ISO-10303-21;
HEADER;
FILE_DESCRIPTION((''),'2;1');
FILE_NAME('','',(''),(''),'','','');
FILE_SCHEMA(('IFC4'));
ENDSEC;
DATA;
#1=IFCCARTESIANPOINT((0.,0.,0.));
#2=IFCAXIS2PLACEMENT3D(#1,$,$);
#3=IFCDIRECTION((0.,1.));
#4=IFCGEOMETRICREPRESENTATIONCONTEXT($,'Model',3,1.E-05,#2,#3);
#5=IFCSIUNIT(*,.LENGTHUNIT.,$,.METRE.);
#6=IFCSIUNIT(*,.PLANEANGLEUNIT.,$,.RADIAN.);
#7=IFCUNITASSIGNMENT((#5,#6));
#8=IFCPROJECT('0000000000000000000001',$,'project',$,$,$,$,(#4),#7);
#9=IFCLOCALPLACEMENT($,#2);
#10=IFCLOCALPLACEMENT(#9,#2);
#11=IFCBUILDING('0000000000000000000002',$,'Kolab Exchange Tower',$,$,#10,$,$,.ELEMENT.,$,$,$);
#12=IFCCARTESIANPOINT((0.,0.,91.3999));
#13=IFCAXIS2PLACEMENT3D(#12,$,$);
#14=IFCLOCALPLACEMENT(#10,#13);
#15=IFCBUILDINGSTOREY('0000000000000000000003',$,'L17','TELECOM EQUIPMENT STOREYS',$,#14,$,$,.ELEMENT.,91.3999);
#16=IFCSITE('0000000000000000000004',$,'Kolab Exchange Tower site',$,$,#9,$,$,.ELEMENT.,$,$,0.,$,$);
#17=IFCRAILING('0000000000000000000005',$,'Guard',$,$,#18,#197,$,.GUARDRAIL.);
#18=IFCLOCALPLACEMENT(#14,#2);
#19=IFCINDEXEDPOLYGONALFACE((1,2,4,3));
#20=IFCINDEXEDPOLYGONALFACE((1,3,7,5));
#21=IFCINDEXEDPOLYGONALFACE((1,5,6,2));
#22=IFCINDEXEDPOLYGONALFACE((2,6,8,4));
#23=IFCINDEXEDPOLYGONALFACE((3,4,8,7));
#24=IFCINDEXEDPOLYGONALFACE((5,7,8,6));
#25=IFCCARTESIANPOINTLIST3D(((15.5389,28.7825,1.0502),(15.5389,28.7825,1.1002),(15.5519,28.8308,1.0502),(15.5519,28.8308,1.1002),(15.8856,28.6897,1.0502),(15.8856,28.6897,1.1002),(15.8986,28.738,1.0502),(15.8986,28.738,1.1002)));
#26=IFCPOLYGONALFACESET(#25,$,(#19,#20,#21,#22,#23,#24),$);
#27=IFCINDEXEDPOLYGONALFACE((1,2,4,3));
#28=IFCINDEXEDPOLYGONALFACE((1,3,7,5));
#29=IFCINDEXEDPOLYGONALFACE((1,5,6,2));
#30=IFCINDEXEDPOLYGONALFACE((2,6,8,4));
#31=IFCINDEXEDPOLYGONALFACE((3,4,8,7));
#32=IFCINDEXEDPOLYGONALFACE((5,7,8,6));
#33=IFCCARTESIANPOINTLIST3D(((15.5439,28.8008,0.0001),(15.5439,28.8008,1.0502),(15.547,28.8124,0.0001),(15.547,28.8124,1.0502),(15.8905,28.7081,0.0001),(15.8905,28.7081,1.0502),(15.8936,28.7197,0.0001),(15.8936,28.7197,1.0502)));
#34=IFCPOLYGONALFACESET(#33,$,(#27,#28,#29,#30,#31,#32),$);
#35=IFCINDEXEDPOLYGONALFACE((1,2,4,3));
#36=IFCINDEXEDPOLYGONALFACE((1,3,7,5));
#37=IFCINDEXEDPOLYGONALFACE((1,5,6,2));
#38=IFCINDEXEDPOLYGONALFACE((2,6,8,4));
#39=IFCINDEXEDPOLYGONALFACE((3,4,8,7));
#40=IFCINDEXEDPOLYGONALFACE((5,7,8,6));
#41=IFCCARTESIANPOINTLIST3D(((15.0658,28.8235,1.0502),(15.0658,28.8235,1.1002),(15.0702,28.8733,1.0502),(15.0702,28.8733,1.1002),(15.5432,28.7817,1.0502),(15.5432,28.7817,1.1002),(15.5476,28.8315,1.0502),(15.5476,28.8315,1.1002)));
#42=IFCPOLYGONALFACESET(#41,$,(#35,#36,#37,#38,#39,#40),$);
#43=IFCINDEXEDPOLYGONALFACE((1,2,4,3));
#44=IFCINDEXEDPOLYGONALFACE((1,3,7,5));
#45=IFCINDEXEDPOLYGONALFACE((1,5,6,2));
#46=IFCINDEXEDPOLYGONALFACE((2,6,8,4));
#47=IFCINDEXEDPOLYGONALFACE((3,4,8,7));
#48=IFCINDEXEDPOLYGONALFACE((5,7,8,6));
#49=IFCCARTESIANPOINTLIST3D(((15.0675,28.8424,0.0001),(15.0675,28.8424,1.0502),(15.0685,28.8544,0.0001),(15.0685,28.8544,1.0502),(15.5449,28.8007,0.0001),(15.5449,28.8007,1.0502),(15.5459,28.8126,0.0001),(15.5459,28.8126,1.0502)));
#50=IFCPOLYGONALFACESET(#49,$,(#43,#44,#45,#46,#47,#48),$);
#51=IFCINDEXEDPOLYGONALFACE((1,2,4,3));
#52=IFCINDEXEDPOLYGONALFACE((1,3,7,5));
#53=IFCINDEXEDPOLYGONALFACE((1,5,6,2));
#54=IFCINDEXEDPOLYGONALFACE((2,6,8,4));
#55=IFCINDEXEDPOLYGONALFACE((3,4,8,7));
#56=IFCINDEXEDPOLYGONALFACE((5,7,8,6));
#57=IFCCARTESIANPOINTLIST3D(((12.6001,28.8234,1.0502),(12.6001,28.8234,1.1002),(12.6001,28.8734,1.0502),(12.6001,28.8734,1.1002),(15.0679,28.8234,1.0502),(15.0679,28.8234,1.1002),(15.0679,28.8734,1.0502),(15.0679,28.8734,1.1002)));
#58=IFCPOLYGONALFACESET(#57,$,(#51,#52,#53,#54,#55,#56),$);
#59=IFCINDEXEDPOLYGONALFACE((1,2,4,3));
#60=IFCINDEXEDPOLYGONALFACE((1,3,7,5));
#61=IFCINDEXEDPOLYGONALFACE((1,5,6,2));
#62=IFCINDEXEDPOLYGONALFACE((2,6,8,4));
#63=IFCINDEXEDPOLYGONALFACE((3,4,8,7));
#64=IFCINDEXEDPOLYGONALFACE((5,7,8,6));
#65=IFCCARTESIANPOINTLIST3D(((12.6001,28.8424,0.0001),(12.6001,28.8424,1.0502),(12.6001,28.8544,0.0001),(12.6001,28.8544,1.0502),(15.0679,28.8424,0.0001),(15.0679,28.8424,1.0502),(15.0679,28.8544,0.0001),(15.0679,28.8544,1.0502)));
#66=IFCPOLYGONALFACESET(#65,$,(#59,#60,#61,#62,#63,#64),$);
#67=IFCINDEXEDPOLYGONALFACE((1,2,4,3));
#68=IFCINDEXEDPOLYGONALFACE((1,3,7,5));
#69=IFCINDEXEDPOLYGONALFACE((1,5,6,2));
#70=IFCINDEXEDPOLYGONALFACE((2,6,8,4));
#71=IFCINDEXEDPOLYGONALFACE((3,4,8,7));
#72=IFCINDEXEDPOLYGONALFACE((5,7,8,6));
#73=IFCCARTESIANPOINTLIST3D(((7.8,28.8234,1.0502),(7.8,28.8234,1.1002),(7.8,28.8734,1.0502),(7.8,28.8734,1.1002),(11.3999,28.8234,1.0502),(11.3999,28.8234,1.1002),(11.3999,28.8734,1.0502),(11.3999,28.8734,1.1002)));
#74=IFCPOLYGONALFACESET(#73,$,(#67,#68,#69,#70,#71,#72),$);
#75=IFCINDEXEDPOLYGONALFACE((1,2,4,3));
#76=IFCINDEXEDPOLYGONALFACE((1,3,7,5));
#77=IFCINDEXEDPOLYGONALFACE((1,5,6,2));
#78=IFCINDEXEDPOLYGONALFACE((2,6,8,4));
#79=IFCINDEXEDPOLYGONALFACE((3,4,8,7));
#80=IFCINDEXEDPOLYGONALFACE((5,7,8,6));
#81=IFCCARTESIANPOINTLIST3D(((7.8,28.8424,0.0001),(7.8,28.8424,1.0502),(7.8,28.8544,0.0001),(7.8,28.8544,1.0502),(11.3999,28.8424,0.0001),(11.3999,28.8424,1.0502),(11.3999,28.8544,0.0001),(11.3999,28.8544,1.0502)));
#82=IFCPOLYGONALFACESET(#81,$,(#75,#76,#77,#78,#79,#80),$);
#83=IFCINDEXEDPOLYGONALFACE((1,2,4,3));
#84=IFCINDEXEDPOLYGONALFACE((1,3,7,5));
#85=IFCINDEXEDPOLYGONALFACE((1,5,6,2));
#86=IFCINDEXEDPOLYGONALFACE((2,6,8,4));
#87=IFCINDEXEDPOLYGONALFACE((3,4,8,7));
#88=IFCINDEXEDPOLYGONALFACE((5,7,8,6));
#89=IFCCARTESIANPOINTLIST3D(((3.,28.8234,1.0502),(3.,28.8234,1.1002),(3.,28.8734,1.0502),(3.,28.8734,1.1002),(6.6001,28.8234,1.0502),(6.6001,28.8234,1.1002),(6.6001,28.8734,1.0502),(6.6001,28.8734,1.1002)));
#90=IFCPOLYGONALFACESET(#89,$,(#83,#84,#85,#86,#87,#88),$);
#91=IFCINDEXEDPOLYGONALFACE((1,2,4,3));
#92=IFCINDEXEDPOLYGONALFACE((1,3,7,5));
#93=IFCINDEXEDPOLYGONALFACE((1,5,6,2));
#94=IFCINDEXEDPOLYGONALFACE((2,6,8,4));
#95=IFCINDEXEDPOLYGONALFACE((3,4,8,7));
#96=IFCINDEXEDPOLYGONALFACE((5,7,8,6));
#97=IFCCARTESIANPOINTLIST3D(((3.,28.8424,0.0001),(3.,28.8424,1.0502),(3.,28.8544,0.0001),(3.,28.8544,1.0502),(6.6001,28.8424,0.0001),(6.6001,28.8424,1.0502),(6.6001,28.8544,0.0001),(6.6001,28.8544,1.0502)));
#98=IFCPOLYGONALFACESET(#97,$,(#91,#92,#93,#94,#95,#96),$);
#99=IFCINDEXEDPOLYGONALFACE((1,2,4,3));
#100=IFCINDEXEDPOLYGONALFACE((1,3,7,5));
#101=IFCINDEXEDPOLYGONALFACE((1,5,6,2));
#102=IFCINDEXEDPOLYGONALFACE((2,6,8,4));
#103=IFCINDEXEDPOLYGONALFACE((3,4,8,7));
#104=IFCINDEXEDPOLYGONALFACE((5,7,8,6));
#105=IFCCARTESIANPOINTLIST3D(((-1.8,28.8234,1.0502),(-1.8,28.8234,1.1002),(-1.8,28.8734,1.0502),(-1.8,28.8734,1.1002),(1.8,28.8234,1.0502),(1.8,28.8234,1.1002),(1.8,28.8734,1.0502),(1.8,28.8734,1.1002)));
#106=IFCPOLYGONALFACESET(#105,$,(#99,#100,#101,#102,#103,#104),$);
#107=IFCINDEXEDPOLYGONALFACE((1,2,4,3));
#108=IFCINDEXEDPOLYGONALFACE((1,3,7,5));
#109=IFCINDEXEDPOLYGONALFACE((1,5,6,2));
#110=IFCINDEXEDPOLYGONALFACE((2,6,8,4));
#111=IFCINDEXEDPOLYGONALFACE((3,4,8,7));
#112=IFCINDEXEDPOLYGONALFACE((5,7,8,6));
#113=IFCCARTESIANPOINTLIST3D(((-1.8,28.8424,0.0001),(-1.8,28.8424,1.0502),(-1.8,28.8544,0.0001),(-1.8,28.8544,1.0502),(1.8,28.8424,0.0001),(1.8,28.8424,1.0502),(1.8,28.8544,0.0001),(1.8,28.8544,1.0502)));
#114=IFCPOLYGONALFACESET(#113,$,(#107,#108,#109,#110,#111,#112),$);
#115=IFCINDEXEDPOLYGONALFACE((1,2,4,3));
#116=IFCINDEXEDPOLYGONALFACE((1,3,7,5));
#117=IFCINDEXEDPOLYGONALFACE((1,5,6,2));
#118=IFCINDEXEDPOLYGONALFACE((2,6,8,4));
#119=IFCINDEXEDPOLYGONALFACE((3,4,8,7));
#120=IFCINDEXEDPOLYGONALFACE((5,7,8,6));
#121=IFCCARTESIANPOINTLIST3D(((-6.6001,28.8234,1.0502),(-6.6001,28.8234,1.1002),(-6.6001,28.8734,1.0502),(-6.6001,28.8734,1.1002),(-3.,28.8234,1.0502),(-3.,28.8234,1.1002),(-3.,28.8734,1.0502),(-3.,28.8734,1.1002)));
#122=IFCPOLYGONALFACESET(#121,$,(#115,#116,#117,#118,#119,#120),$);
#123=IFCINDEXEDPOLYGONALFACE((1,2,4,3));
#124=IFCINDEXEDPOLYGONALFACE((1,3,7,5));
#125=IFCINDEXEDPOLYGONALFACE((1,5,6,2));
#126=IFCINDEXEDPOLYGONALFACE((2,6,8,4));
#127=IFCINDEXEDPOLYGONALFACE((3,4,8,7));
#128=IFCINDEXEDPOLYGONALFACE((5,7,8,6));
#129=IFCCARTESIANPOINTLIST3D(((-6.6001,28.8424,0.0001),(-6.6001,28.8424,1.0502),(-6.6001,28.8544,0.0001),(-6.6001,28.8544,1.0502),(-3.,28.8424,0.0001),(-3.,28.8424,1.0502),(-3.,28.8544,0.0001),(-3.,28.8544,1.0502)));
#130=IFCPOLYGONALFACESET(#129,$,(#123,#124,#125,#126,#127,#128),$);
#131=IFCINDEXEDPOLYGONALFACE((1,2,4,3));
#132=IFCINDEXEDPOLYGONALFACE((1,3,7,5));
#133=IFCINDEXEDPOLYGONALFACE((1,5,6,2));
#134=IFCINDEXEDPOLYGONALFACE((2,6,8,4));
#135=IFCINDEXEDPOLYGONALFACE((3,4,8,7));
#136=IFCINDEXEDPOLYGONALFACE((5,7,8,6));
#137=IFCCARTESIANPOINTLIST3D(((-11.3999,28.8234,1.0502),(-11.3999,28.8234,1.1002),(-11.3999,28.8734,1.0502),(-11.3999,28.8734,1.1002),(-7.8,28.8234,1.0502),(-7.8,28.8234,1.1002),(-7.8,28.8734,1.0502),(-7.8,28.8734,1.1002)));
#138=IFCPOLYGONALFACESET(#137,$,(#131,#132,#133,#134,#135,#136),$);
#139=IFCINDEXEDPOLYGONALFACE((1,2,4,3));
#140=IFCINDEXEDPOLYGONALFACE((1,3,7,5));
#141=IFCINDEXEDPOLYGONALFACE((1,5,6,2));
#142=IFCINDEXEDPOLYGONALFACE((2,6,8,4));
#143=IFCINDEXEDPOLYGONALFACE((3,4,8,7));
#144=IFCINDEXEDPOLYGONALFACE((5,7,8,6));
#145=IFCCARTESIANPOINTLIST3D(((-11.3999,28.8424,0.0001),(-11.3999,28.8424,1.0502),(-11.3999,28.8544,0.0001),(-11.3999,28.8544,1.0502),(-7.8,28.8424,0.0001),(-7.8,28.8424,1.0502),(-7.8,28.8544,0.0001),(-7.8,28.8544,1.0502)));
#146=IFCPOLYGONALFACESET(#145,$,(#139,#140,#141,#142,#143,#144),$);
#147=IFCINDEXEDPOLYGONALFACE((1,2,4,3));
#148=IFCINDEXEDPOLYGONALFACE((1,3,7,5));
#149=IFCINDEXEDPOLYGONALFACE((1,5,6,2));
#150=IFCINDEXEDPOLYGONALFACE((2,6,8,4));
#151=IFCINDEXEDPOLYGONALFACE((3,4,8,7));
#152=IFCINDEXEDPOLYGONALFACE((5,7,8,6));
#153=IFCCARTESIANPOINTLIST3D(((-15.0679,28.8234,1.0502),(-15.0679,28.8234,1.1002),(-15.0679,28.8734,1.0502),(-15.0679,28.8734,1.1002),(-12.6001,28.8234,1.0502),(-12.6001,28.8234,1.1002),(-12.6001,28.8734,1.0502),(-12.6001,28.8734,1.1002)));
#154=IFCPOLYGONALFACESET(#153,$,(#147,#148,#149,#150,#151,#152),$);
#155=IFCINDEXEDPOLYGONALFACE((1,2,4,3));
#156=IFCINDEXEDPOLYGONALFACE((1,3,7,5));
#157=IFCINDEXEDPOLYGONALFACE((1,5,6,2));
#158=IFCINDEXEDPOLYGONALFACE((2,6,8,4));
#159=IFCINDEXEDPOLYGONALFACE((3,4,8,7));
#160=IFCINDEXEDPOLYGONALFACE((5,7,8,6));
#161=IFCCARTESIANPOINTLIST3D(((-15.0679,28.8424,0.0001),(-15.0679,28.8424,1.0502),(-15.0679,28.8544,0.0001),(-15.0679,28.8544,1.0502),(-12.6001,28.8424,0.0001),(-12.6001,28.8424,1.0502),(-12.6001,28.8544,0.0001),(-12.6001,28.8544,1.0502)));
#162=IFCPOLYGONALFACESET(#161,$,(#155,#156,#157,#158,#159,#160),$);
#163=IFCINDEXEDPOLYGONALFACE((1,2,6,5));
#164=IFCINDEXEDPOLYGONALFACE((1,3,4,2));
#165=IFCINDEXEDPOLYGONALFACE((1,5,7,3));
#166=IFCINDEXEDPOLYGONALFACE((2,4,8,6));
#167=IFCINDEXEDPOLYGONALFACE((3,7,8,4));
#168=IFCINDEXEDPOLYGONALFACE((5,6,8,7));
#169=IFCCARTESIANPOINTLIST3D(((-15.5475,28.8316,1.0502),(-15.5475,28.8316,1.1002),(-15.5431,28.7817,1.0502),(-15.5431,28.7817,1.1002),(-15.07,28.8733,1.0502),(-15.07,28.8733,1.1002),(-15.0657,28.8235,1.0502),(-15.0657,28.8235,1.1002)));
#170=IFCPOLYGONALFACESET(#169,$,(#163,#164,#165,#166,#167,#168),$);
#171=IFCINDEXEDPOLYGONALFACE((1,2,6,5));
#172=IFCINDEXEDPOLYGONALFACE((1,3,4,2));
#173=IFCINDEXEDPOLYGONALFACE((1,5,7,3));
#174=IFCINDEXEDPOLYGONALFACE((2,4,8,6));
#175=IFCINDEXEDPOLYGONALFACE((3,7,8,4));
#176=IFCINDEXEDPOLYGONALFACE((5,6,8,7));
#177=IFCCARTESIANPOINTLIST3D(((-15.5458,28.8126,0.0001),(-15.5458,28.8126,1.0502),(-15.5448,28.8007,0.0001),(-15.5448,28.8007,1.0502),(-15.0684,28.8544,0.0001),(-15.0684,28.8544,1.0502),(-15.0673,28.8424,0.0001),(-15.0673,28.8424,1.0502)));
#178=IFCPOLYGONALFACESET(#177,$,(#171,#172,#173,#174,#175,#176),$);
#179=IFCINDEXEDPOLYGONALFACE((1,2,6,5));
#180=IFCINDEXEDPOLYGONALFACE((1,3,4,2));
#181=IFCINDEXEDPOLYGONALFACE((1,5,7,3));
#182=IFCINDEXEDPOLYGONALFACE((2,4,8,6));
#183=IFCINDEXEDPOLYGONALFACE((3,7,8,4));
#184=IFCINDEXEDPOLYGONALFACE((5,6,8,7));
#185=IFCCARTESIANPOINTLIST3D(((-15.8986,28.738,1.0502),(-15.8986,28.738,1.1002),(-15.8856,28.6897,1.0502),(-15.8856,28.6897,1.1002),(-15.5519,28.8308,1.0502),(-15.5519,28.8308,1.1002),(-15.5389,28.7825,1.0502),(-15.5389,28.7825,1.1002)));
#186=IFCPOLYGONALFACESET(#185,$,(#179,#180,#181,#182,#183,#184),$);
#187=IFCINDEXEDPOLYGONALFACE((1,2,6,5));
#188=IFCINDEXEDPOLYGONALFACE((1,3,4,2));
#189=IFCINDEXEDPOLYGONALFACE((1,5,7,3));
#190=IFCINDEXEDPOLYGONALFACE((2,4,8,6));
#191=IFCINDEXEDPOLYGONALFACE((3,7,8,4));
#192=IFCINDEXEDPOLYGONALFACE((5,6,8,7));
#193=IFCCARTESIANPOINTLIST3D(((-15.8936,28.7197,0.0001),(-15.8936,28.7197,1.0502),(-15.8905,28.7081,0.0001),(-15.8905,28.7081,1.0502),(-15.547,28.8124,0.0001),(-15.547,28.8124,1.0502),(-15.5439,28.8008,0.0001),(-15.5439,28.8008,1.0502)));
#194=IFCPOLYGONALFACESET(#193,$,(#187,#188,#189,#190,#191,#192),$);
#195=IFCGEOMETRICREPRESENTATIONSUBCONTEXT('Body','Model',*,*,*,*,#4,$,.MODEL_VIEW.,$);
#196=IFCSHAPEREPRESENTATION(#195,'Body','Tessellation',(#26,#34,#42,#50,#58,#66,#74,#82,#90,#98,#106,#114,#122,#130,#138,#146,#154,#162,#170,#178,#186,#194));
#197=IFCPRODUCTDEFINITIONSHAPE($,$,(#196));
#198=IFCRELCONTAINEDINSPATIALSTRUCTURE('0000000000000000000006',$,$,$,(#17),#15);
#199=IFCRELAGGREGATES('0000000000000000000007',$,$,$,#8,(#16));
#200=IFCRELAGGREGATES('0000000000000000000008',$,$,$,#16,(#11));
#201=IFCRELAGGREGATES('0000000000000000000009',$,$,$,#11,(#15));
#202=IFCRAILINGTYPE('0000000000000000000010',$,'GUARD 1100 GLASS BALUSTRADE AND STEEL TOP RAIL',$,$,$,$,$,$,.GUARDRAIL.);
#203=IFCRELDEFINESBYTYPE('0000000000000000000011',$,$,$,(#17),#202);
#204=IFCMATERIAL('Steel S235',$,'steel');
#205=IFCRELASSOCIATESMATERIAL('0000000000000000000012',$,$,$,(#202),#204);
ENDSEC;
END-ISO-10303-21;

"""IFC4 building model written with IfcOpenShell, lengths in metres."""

from ifc_helpers import new_model, si_unit, direction, frame, frame_2d, origin, origin_2d, place, context, subcontext, project, spatial, rectangle, extrude, material, type_object, element, save


model = new_model("IFC4")

# Units and contexts
model_context = context("Model", 3, precision=1e-05, world=origin(), true_north=direction((0.0, 1.0)))
body_context = subcontext(model_context, "Body", "Model", "MODEL_VIEW")
ifc_project = project(units=[si_unit("LENGTHUNIT", "METRE"), si_unit("PLANEANGLEUNIT", "RADIAN")], contexts=[model_context])

# Site, building, storey
site_placement = place(None, origin())
site = spatial("IfcSite", under=ifc_project, at=site_placement, Name="Kolab Exchange Tower site", CompositionType="ELEMENT", RefElevation=0.0)
building_placement = place(site_placement, origin())
building = spatial("IfcBuilding", under=site, at=building_placement, Name="Kolab Exchange Tower", CompositionType="ELEMENT")
storey_placement = place(building_placement, frame((0.0, 0.0, 91.3999)))
storey = spatial("IfcBuildingStorey", under=building, at=storey_placement, Name="L17", Description="TELECOM EQUIPMENT STOREYS", CompositionType="ELEMENT", Elevation=91.3999)

# Railing
ifc_material_1 = material(Name="Steel S235", Category="steel")
railing_type = type_object("IfcRailingType", Name="GUARD 1100 GLASS BALUSTRADE AND STEEL TOP RAIL", PredefinedType="GUARDRAIL", material=ifc_material_1)
railing_placement = place(storey_placement, frame((15.8921, 28.7139, 0.0)))
element("IfcRailing", 1, at=railing_placement, inside=storey, type_object=railing_type, Name="Guard", PredefinedType="GUARDRAIL", context=body_context, shape_type="SweptSolid", body=[
    extrude(rectangle(XDim=0.05, YDim=0.05, at=origin_2d()), frame((0.0, 0.0, 1.0752), z_axis=(-0.966009, 0.258509, 0.0), x_axis=(-0.258509, -0.966009, 0.0)), (0.0, 0.0, 1.0), 0.3589),
    extrude(rectangle(XDim=0.012, YDim=1.0501, at=frame_2d((0.0, 0.5251))), frame((0.0, 0.0, 0.0), z_axis=(-0.966009, 0.258509, 0.0), x_axis=(-0.258509, -0.966009, 0.0)), (0.0, 0.0, 1.0), 0.3589),
    extrude(rectangle(XDim=0.05, YDim=0.05, at=origin_2d()), frame((-0.3467, 0.0928, 1.0752), z_axis=(-0.9962, 0.087091, 0.0), x_axis=(-0.087091, -0.9962, 0.0)), (0.0, 0.0, 1.0), 0.4792),
    extrude(rectangle(XDim=0.012, YDim=1.0501, at=frame_2d((0.0, 0.5251))), frame((-0.3467, 0.0928, 0.0), z_axis=(-0.9962, 0.087091, 0.0), x_axis=(-0.087091, -0.9962, 0.0)), (0.0, 0.0, 1.0), 0.4792),
    extrude(rectangle(XDim=0.05, YDim=0.05, at=origin_2d()), frame((-0.8242, 0.1345, 1.0752), z_axis=(-1.0, 0.0, 0.0), x_axis=(0.0, -1.0, 0.0)), (0.0, 0.0, 1.0), 2.4678),
    extrude(rectangle(XDim=0.012, YDim=1.0501, at=frame_2d((0.0, 0.5251))), frame((-0.8242, 0.1345, 0.0), z_axis=(-1.0, 0.0, 0.0), x_axis=(0.0, -1.0, 0.0)), (0.0, 0.0, 1.0), 2.4678),
    extrude(rectangle(XDim=0.05, YDim=0.05, at=origin_2d()), frame((-4.4922, 0.1345, 1.0752), z_axis=(-1.0, 0.0, 0.0), x_axis=(0.0, -1.0, 0.0)), (0.0, 0.0, 1.0), 3.5999),
    extrude(rectangle(XDim=0.012, YDim=1.0501, at=frame_2d((0.0, 0.5251))), frame((-4.4922, 0.1345, 0.0), z_axis=(-1.0, 0.0, 0.0), x_axis=(0.0, -1.0, 0.0)), (0.0, 0.0, 1.0), 3.5999),
    extrude(rectangle(XDim=0.05, YDim=0.05, at=origin_2d()), frame((-9.292, 0.1345, 1.0752), z_axis=(-1.0, 0.0, 0.0), x_axis=(0.0, -1.0, 0.0)), (0.0, 0.0, 1.0), 3.6001),
    extrude(rectangle(XDim=0.012, YDim=1.0501, at=frame_2d((0.0, 0.5251))), frame((-9.292, 0.1345, 0.0), z_axis=(-1.0, 0.0, 0.0), x_axis=(0.0, -1.0, 0.0)), (0.0, 0.0, 1.0), 3.6001),
    extrude(rectangle(XDim=0.05, YDim=0.05, at=origin_2d()), frame((-14.092, 0.1345, 1.0752), z_axis=(-1.0, 0.0, 0.0), x_axis=(0.0, -1.0, 0.0)), (0.0, 0.0, 1.0), 3.6001),
    extrude(rectangle(XDim=0.012, YDim=1.0501, at=frame_2d((0.0, 0.5251))), frame((-14.092, 0.1345, 0.0), z_axis=(-1.0, 0.0, 0.0), x_axis=(0.0, -1.0, 0.0)), (0.0, 0.0, 1.0), 3.6001),
    extrude(rectangle(XDim=0.05, YDim=0.05, at=origin_2d()), frame((-18.8921, 0.1345, 1.0752), z_axis=(-1.0, 0.0, 0.0), x_axis=(0.0, -1.0, 0.0)), (0.0, 0.0, 1.0), 3.6001),
    extrude(rectangle(XDim=0.012, YDim=1.0501, at=frame_2d((0.0, 0.5251))), frame((-18.8921, 0.1345, 0.0), z_axis=(-1.0, 0.0, 0.0), x_axis=(0.0, -1.0, 0.0)), (0.0, 0.0, 1.0), 3.6001),
    extrude(rectangle(XDim=0.05, YDim=0.05, at=origin_2d()), frame((-23.6921, 0.1345, 1.0752), z_axis=(-1.0, 0.0, 0.0), x_axis=(0.0, -1.0, 0.0)), (0.0, 0.0, 1.0), 3.5999),
    extrude(rectangle(XDim=0.012, YDim=1.0501, at=frame_2d((0.0, 0.5251))), frame((-23.6921, 0.1345, 0.0), z_axis=(-1.0, 0.0, 0.0), x_axis=(0.0, -1.0, 0.0)), (0.0, 0.0, 1.0), 3.5999),
    extrude(rectangle(XDim=0.05, YDim=0.05, at=origin_2d()), frame((-28.4922, 0.1345, 1.0752), z_axis=(-1.0, 0.0, 0.0), x_axis=(0.0, -1.0, 0.0)), (0.0, 0.0, 1.0), 2.4678),
    extrude(rectangle(XDim=0.012, YDim=1.0501, at=frame_2d((0.0, 0.5251))), frame((-28.4922, 0.1345, 0.0), z_axis=(-1.0, 0.0, 0.0), x_axis=(0.0, -1.0, 0.0)), (0.0, 0.0, 1.0), 2.4678),
    extrude(rectangle(XDim=0.05, YDim=0.05, at=origin_2d()), frame((-30.96, 0.1345, 1.0752), z_axis=(-0.9962, -0.087091, 0.0), x_axis=(0.087091, -0.9962, 0.0)), (0.0, 0.0, 1.0), 0.4792),
    extrude(rectangle(XDim=0.012, YDim=1.0501, at=frame_2d((0.0, 0.5251))), frame((-30.96, 0.1345, 0.0), z_axis=(-0.9962, -0.087091, 0.0), x_axis=(0.087091, -0.9962, 0.0)), (0.0, 0.0, 1.0), 0.4792),
    extrude(rectangle(XDim=0.05, YDim=0.05, at=origin_2d()), frame((-31.4375, 0.0928, 1.0752), z_axis=(-0.966009, -0.258509, 0.0), x_axis=(0.258509, -0.966009, 0.0)), (0.0, 0.0, 1.0), 0.3589),
    extrude(rectangle(XDim=0.012, YDim=1.0501, at=frame_2d((0.0, 0.5251))), frame((-31.4375, 0.0928, 0.0), z_axis=(-0.966009, -0.258509, 0.0), x_axis=(0.258509, -0.966009, 0.0)), (0.0, 0.0, 1.0), 0.3589),
])

save(model, "model.ifc")
